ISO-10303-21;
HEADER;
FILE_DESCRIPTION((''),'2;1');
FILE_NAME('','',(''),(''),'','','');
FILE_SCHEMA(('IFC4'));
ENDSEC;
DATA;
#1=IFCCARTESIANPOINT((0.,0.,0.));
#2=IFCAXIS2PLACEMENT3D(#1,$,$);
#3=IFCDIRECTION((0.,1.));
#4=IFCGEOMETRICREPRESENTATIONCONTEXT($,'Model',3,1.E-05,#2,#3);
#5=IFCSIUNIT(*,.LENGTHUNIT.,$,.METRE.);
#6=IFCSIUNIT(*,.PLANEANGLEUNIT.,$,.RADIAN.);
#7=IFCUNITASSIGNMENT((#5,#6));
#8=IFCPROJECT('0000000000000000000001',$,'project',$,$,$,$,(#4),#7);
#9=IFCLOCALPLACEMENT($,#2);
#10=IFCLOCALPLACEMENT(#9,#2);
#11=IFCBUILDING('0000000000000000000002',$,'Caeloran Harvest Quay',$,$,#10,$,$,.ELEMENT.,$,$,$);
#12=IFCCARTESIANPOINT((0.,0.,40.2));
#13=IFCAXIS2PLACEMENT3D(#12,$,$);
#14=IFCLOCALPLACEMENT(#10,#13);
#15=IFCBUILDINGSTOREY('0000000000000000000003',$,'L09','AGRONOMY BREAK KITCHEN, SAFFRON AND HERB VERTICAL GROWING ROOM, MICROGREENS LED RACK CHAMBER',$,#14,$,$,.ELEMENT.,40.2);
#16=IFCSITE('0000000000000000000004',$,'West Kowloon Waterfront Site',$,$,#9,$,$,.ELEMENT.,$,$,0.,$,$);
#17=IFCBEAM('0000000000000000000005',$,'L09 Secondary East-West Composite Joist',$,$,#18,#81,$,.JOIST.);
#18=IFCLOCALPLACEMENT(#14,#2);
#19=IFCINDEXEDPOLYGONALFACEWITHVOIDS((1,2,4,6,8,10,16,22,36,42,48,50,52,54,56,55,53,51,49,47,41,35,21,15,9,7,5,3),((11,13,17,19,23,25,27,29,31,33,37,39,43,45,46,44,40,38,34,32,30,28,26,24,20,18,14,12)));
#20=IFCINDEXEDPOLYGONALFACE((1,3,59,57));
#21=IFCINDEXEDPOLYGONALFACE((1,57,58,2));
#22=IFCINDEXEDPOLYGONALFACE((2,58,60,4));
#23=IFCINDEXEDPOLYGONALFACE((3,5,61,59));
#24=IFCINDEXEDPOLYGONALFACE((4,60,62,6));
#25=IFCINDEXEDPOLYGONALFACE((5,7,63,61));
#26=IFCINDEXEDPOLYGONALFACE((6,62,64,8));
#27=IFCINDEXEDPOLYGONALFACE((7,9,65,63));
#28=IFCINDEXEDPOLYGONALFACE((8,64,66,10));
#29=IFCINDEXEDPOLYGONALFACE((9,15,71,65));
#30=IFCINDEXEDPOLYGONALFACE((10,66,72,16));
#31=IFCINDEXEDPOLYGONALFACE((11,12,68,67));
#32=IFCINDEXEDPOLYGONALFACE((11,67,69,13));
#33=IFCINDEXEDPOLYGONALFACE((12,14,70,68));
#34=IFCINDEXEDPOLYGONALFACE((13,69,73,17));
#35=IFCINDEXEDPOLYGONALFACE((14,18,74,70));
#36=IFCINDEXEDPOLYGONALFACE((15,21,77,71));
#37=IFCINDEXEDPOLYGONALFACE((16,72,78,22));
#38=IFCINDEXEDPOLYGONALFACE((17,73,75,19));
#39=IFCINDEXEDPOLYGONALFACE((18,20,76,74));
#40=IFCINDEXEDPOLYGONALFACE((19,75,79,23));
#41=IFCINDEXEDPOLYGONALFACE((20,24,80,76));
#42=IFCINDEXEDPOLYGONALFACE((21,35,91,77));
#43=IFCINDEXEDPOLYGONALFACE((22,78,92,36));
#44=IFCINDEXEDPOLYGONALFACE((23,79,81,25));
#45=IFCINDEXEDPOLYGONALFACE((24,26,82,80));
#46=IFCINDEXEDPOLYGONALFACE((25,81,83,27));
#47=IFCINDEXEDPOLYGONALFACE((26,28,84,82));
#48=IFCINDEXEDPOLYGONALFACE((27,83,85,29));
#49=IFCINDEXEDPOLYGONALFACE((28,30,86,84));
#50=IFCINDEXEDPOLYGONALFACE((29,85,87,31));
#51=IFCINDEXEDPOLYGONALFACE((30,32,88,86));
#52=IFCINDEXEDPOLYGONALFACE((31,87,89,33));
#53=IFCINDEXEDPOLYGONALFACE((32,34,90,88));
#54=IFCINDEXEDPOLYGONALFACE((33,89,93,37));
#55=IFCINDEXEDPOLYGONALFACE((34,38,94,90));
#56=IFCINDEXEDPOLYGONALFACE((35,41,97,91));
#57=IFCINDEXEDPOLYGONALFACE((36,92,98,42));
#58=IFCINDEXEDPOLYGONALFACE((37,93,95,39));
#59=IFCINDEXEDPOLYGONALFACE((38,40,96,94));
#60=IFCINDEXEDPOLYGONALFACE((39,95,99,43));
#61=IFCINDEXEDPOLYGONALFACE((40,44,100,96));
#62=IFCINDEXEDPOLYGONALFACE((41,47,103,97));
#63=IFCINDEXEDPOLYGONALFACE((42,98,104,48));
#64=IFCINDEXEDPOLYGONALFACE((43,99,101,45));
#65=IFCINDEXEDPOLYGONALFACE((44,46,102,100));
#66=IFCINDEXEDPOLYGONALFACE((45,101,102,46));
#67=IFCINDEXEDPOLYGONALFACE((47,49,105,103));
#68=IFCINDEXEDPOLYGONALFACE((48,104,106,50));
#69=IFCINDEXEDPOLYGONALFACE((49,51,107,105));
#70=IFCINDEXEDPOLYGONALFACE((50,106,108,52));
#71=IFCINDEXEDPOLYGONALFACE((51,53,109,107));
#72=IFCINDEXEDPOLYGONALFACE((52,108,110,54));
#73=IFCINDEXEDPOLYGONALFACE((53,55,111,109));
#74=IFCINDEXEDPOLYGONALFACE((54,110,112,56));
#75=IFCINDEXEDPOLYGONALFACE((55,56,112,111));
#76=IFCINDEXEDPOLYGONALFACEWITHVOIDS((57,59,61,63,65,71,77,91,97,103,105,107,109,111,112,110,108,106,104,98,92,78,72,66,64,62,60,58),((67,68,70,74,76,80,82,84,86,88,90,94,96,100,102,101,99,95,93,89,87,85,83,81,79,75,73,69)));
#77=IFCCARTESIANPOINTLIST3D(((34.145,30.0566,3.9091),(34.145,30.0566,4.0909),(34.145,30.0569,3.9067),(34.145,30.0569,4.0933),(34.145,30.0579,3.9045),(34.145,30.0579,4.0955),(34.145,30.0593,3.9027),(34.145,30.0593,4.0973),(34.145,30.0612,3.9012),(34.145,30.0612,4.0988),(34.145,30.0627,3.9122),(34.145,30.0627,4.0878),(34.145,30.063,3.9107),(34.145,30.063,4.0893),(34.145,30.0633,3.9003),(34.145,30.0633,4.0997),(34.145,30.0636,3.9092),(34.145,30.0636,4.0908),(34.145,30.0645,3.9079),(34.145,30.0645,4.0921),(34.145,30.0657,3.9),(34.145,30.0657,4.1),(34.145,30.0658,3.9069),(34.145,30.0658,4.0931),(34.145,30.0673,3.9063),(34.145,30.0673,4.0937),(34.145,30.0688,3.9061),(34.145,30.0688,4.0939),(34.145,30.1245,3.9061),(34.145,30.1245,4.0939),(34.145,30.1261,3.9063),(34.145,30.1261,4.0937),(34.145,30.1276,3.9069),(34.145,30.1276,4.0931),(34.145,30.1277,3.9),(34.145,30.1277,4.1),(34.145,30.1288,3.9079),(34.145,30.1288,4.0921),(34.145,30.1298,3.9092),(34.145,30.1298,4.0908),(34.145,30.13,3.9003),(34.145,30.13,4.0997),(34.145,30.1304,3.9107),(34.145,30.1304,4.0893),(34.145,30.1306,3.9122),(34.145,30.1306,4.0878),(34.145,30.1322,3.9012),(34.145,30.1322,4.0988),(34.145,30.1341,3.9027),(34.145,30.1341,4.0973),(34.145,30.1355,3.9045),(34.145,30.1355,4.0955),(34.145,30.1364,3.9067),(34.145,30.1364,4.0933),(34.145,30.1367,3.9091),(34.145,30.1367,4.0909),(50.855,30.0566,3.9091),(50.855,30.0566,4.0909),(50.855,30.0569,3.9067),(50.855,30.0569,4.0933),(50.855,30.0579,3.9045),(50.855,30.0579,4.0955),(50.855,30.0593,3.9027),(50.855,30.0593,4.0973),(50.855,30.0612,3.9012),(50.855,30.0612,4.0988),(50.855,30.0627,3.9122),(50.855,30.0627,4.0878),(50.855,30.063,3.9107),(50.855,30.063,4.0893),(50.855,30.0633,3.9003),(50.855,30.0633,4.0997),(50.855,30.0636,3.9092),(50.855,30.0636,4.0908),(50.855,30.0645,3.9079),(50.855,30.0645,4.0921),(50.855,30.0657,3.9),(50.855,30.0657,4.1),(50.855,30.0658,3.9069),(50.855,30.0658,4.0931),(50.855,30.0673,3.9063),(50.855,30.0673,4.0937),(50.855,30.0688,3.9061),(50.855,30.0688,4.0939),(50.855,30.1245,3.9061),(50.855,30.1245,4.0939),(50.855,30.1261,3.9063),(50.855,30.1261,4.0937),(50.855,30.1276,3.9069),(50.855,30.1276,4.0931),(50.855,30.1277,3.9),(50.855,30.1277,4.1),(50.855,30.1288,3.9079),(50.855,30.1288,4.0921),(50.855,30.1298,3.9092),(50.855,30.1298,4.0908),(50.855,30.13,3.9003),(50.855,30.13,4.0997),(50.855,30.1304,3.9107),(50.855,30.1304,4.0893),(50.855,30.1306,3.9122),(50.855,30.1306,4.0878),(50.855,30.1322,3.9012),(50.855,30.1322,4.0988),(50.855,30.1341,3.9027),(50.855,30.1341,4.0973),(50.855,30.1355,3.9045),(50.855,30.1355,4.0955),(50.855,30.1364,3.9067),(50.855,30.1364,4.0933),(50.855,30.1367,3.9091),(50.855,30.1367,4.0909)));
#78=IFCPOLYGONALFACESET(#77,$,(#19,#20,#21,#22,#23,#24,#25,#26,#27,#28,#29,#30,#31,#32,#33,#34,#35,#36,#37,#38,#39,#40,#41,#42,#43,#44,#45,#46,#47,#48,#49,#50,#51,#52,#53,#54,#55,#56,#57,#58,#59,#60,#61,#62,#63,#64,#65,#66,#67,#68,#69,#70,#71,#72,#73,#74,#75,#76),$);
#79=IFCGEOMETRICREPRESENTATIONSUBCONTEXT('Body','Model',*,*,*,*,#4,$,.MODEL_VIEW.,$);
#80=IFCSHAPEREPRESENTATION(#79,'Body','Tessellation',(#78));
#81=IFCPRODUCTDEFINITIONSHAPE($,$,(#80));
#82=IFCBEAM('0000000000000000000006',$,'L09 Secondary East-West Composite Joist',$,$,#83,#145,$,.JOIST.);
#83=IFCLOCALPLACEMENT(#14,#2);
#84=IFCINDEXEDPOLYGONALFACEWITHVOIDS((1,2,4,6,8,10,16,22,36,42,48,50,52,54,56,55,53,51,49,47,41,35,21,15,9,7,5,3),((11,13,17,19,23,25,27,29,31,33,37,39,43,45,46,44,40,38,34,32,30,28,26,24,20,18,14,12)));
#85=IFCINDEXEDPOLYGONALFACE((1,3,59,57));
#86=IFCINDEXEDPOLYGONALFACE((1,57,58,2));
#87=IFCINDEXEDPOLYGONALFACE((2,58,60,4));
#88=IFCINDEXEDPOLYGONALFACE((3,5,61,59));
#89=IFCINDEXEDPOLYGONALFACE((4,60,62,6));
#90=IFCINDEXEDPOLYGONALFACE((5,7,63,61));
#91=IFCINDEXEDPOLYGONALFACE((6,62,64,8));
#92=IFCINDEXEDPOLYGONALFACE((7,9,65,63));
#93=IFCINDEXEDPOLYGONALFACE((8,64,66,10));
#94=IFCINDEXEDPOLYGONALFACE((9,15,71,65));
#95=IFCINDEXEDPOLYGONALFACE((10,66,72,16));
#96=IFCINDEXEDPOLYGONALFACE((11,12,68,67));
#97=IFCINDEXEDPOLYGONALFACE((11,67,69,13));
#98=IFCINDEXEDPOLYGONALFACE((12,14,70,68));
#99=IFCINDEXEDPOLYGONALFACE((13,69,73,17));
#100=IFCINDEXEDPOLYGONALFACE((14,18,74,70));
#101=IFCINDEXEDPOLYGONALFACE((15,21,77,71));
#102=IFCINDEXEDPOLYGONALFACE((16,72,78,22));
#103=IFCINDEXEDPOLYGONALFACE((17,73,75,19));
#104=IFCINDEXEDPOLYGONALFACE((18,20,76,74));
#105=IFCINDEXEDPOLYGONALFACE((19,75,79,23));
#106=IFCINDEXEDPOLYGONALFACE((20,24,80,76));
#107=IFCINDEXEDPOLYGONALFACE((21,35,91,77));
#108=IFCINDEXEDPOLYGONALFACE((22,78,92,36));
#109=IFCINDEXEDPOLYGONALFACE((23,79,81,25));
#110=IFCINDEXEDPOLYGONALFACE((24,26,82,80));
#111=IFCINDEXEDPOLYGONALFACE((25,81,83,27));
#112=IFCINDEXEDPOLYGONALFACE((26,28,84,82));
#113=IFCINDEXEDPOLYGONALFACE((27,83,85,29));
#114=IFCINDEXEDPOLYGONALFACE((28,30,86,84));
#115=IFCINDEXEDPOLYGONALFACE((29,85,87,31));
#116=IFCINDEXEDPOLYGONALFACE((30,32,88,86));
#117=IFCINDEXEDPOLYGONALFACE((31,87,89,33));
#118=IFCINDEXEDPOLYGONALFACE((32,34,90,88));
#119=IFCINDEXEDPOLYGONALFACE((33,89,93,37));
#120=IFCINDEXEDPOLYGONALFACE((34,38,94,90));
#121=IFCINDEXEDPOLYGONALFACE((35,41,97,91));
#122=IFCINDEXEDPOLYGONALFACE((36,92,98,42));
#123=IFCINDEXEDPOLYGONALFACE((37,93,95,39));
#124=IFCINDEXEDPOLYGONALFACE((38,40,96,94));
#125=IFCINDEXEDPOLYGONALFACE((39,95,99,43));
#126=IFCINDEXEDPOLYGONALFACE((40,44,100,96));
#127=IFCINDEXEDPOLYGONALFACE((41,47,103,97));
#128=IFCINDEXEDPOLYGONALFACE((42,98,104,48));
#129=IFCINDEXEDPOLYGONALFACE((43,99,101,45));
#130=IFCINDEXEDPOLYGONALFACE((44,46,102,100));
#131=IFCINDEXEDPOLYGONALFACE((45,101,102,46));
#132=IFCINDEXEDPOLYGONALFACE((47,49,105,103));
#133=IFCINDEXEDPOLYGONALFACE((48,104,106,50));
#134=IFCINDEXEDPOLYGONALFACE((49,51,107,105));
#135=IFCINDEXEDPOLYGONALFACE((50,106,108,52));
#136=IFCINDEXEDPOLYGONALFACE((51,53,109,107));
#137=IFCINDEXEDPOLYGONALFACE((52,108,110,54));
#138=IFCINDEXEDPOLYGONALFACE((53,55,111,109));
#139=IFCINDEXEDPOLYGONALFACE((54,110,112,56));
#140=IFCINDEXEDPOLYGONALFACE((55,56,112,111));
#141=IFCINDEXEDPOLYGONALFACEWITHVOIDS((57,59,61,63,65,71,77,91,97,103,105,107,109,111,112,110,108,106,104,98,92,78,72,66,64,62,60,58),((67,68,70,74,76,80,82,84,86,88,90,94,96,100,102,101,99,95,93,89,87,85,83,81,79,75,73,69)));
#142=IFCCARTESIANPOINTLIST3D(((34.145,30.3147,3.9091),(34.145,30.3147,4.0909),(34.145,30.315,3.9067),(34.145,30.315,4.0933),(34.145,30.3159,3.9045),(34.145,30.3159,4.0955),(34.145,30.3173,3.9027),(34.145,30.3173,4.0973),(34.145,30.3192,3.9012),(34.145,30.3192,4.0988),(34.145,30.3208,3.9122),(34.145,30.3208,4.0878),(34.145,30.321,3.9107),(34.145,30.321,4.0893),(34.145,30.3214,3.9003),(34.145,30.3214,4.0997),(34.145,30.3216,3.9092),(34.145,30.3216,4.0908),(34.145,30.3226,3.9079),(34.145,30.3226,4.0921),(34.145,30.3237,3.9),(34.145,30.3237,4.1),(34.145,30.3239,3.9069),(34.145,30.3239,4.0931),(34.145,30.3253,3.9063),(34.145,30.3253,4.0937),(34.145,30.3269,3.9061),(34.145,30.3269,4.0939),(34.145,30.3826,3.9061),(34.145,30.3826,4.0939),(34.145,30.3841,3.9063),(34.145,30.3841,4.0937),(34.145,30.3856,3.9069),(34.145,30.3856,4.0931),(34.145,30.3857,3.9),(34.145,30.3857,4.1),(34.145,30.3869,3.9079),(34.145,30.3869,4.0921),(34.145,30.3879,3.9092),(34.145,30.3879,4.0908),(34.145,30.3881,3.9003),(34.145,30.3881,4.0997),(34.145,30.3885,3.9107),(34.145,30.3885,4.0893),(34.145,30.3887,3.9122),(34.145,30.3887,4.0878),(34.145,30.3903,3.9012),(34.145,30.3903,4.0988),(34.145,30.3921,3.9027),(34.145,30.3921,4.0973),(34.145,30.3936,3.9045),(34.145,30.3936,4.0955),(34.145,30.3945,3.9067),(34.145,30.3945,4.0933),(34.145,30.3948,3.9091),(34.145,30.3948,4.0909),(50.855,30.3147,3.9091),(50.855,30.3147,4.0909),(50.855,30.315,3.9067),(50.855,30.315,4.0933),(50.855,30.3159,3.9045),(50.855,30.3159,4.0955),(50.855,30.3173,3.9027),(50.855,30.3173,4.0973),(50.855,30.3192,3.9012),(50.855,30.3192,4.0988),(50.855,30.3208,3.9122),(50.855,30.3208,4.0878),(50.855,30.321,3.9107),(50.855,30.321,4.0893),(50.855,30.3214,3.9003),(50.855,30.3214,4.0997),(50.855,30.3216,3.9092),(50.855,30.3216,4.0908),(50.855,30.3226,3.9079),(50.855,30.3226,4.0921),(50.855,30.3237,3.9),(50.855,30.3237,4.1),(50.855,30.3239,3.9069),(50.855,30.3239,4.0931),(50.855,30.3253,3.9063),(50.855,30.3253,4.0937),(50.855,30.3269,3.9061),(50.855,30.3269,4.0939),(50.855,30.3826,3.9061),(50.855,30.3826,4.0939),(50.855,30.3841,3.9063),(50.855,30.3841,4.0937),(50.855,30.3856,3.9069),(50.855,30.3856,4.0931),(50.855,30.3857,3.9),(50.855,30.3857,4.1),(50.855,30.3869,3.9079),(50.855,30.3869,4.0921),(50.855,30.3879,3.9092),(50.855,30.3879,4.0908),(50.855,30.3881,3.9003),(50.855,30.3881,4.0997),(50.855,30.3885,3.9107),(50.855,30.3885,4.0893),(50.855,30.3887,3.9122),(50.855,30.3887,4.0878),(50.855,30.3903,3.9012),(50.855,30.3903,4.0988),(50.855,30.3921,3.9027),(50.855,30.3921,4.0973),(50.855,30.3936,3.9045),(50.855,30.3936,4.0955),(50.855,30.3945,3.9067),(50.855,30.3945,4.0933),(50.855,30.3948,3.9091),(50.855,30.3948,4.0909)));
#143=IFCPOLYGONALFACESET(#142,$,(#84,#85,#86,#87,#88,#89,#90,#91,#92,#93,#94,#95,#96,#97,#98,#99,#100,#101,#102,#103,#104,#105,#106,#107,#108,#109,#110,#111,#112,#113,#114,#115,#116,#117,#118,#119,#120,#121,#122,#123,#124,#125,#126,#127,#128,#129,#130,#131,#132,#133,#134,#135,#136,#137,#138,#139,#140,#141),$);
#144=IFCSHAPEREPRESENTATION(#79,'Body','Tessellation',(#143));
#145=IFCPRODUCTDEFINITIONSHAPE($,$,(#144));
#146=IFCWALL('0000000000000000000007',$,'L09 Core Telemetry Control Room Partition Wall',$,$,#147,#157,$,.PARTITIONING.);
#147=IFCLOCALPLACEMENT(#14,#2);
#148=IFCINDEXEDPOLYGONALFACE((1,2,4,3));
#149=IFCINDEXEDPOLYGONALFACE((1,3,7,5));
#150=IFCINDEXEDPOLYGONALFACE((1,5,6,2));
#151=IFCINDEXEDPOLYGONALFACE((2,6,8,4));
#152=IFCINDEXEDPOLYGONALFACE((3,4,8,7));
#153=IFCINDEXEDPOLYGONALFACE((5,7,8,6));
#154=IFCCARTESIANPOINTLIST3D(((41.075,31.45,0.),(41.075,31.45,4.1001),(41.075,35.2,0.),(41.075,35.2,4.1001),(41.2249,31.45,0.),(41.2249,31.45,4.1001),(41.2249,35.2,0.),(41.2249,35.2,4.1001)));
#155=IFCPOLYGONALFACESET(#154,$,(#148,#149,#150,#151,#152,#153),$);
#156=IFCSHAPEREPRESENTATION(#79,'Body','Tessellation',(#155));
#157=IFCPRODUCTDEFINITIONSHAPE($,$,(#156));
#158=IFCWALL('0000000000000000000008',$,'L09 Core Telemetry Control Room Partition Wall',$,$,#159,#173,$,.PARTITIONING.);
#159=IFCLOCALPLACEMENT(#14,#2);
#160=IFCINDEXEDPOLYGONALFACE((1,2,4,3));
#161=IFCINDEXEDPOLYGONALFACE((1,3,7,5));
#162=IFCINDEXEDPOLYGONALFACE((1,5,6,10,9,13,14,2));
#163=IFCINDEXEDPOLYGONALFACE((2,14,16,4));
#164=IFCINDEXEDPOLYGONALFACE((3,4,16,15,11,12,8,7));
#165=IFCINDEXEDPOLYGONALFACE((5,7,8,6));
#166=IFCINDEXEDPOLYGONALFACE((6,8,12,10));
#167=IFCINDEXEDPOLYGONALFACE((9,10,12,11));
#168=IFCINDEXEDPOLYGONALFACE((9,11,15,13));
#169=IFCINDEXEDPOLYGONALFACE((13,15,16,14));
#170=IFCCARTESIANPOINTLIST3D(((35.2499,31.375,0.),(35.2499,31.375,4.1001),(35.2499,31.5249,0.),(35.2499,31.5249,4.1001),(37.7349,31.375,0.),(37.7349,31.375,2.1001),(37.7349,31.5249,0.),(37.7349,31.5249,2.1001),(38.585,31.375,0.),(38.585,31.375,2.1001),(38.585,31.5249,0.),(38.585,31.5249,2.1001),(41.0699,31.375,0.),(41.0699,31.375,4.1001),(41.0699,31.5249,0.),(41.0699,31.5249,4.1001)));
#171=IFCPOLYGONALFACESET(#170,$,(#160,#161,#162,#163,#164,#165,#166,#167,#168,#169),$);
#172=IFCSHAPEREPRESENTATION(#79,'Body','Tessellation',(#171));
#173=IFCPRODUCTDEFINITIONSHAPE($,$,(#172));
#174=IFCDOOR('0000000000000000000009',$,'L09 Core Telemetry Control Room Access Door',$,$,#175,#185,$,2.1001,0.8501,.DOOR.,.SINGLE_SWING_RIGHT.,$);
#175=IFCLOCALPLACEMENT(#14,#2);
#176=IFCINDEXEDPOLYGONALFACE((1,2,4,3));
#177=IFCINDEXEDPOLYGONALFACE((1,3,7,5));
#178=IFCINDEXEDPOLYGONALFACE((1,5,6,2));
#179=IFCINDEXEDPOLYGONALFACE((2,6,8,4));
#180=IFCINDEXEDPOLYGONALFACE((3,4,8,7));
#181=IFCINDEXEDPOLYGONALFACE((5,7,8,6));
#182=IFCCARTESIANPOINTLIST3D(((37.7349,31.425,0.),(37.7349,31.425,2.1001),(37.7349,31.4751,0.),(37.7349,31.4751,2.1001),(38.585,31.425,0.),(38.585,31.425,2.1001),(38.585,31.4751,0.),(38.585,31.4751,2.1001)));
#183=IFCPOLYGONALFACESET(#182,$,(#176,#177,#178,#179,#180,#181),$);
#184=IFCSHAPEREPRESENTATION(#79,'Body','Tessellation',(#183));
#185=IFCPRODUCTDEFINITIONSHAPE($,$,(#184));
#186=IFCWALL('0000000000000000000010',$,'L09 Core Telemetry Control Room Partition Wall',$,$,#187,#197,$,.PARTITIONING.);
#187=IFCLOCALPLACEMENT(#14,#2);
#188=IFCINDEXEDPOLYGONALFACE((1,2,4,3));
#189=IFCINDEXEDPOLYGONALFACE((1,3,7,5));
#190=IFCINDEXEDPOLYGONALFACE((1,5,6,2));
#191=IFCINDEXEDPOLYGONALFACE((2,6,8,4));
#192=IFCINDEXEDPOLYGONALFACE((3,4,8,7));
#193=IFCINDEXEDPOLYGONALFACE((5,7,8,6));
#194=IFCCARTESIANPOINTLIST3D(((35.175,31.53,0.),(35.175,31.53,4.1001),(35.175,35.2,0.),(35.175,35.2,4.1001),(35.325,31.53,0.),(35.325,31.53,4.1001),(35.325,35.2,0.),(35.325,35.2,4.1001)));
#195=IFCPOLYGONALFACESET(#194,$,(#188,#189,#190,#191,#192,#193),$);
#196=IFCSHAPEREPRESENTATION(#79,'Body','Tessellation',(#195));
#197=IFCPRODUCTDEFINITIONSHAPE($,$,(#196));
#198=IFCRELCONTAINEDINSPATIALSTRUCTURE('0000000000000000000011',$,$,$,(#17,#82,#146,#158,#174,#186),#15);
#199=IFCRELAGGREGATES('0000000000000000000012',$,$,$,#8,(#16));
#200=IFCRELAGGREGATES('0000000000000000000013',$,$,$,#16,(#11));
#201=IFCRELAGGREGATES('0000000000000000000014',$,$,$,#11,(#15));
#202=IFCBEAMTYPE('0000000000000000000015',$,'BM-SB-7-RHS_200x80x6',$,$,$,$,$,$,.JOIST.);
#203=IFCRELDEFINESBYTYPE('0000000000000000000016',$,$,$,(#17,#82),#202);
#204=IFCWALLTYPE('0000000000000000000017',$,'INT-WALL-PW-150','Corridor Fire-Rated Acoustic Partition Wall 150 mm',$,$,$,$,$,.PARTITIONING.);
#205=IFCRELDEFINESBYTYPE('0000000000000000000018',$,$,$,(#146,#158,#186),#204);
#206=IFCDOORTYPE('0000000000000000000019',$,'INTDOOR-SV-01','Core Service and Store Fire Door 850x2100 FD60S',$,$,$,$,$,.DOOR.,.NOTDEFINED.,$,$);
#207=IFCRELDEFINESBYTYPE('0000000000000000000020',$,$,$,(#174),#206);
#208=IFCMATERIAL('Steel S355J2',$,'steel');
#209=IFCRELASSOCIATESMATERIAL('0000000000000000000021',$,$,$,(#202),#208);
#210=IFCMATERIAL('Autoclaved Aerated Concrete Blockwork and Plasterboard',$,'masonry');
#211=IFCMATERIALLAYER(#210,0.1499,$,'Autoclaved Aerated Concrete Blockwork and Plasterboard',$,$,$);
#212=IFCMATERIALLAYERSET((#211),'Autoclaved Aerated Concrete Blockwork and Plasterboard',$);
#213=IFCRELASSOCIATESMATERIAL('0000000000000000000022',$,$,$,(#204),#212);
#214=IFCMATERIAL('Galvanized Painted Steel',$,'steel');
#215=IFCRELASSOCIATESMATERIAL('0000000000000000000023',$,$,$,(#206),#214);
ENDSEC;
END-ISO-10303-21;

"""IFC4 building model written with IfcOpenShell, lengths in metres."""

from ifc_helpers import new_model, si_unit, direction, frame, frame_2d, origin, origin_2d, place, context, subcontext, project, spatial, rectangle, hollow_rectangle, extrude, material, layer, layer_set, material_profile, profile_set, type_object, element, fill, save


model = new_model("IFC4")

# Units and contexts
model_context = context("Model", 3, precision=1e-05, world=origin(), true_north=direction((0.0, 1.0)))
body_context = subcontext(model_context, "Body", "Model", "MODEL_VIEW")
ifc_project = project(units=[si_unit("LENGTHUNIT", "METRE"), si_unit("PLANEANGLEUNIT", "RADIAN")], contexts=[model_context])

# Site, building, storey
site_placement = place(None, origin())
site = spatial("IfcSite", under=ifc_project, at=site_placement, Name="West Kowloon Waterfront Site", CompositionType="ELEMENT", RefElevation=0.0)
building_placement = place(site_placement, origin())
building = spatial("IfcBuilding", under=site, at=building_placement, Name="Caeloran Harvest Quay", CompositionType="ELEMENT")
storey_placement = place(building_placement, frame((0.0, 0.0, 40.2)))
storey = spatial("IfcBuildingStorey", under=building, at=storey_placement, Name="L09", Description="AGRONOMY BREAK KITCHEN, SAFFRON AND HERB VERTICAL GROWING ROOM, MICROGREENS LED RACK CHAMBER", CompositionType="ELEMENT", Elevation=40.2)

# Beams
ifc_material_1 = material(Name="Steel S355J2", Category="steel")
ifc_material_profile_1 = material_profile(ifc_material_1, hollow_rectangle(XDim=0.0801, YDim=0.2, WallThickness=0.0061, InnerFilletRadius=0.0061, OuterFilletRadius=0.009, at=origin_2d()), Name="RHS 200x80x6")
ifc_profile_set_1 = profile_set([ifc_material_profile_1], Name="Steel S355J2")
beam_type_1 = type_object("IfcBeamType", Name="BM-SB-7-RHS_200x80x6", PredefinedType="JOIST", material=ifc_profile_set_1)
for number, where, z_axis, x_axis, name in (
    (1, (34.145, 30.0967, 4.0), (1.0, 0.0, 0.0), (0.0, 1.0, 0.0), "L09 Secondary East-West Composite Joist"),
    (2, (34.145, 30.3547, 4.0), (1.0, 0.0, 0.0), (0.0, 1.0, 0.0), "L09 Secondary East-West Composite Joist"),
):
    element("IfcBeam", number, at=place(storey_placement, frame(where, z_axis=z_axis, x_axis=x_axis)), inside=storey, type_object=beam_type_1, Name=name, PredefinedType="JOIST", context=body_context, shape_type="SweptSolid", body=[
        extrude(hollow_rectangle(XDim=0.0801, YDim=0.2, WallThickness=0.0061, InnerFilletRadius=0.0061, OuterFilletRadius=0.009, at=origin_2d()), origin(), (0.0, 0.0, 1.0), 16.71),
    ])

# Wall
ifc_material_2 = material(Name="Autoclaved Aerated Concrete Blockwork and Plasterboard", Category="masonry")
ifc_layer_1 = layer(ifc_material_2, 0.1499, Name="Autoclaved Aerated Concrete Blockwork and Plasterboard")
ifc_layer_set_1 = layer_set([ifc_layer_1], Name="Autoclaved Aerated Concrete Blockwork and Plasterboard")
wall_type_1 = type_object("IfcWallType", Name="INT-WALL-PW-150", Description="Corridor Fire-Rated Acoustic Partition Wall 150 mm", PredefinedType="PARTITIONING", material=ifc_layer_set_1)
wall_1_placement = place(storey_placement, frame((41.1499, 35.2, 0.0), z_axis=(0.0, 0.0, 1.0), x_axis=(0.0, -1.0, 0.0)))
element("IfcWall", 3, at=wall_1_placement, inside=storey, type_object=wall_type_1, Name="L09 Core Telemetry Control Room Partition Wall", PredefinedType="PARTITIONING", context=body_context, shape_type="SweptSolid", body=[
    extrude(rectangle(XDim=3.75, YDim=0.1499, at=frame_2d((1.875, 0.0))), origin(), (0.0, 0.0, 1.0), 4.1001),
])

# Wall, opening, door
wall_2_placement = place(storey_placement, frame((41.0701, 31.45, 0.0), z_axis=(0.0, 0.0, 1.0), x_axis=(-1.0, 0.0, 0.0)))
wall_2 = element("IfcWall", 4, at=wall_2_placement, inside=storey, type_object=wall_type_1, Name="L09 Core Telemetry Control Room Partition Wall", PredefinedType="PARTITIONING", context=body_context, shape_type="SweptSolid", body=[
    extrude(rectangle(XDim=5.8201, YDim=0.1499, at=frame_2d((2.9102, 0.0))), origin(), (0.0, 0.0, 1.0), 4.1001),
])
opening_1_placement = place(wall_2_placement, frame((2.4851, 0.0, 0.0)))
opening_1 = element("IfcOpeningElement", 5, at=opening_1_placement, cuts=wall_2, PredefinedType="OPENING", context=body_context, shape_type="SweptSolid", body=[
    extrude(rectangle(XDim=0.8501, YDim=2.1001, at=frame_2d((0.425, 1.05))), frame((0.0, 0.085, 0.0), z_axis=(0.0, -1.0, 0.0), x_axis=(1.0, 0.0, 0.0)), (0.0, 0.0, 1.0), 0.1699),
])
ifc_material_3 = material(Name="Galvanized Painted Steel", Category="steel")
door_type_1 = type_object("IfcDoorType", Name="INTDOOR-SV-01", Description="Core Service and Store Fire Door 850x2100 FD60S", OperationType="NOTDEFINED", PredefinedType="DOOR", material=ifc_material_3)
door_1_placement = place(opening_1_placement, origin())
door_1 = element("IfcDoor", 6, at=door_1_placement, inside=storey, type_object=door_type_1, Name="L09 Core Telemetry Control Room Access Door", OperationType="SINGLE_SWING_RIGHT", OverallHeight=2.1001, OverallWidth=0.8501, PredefinedType="DOOR", context=body_context, shape_type="SweptSolid", body=[
    extrude(rectangle(XDim=0.8501, YDim=2.1001, at=frame_2d((0.425, 1.05))), frame((0.0, 0.0249, 0.0), z_axis=(0.0, -1.0, 0.0), x_axis=(1.0, 0.0, 0.0)), (0.0, 0.0, 1.0), 0.05),
])
fill(opening_1, door_1)

# Wall
wall_3_placement = place(storey_placement, frame((35.25, 31.53, 0.0), z_axis=(0.0, 0.0, 1.0), x_axis=(0.0, 1.0, 0.0)))
element("IfcWall", 7, at=wall_3_placement, inside=storey, type_object=wall_type_1, Name="L09 Core Telemetry Control Room Partition Wall", PredefinedType="PARTITIONING", context=body_context, shape_type="SweptSolid", body=[
    extrude(rectangle(XDim=3.6699, YDim=0.1499, at=frame_2d((1.835, 0.0))), origin(), (0.0, 0.0, 1.0), 4.1001),
])

save(model, "model.ifc")
